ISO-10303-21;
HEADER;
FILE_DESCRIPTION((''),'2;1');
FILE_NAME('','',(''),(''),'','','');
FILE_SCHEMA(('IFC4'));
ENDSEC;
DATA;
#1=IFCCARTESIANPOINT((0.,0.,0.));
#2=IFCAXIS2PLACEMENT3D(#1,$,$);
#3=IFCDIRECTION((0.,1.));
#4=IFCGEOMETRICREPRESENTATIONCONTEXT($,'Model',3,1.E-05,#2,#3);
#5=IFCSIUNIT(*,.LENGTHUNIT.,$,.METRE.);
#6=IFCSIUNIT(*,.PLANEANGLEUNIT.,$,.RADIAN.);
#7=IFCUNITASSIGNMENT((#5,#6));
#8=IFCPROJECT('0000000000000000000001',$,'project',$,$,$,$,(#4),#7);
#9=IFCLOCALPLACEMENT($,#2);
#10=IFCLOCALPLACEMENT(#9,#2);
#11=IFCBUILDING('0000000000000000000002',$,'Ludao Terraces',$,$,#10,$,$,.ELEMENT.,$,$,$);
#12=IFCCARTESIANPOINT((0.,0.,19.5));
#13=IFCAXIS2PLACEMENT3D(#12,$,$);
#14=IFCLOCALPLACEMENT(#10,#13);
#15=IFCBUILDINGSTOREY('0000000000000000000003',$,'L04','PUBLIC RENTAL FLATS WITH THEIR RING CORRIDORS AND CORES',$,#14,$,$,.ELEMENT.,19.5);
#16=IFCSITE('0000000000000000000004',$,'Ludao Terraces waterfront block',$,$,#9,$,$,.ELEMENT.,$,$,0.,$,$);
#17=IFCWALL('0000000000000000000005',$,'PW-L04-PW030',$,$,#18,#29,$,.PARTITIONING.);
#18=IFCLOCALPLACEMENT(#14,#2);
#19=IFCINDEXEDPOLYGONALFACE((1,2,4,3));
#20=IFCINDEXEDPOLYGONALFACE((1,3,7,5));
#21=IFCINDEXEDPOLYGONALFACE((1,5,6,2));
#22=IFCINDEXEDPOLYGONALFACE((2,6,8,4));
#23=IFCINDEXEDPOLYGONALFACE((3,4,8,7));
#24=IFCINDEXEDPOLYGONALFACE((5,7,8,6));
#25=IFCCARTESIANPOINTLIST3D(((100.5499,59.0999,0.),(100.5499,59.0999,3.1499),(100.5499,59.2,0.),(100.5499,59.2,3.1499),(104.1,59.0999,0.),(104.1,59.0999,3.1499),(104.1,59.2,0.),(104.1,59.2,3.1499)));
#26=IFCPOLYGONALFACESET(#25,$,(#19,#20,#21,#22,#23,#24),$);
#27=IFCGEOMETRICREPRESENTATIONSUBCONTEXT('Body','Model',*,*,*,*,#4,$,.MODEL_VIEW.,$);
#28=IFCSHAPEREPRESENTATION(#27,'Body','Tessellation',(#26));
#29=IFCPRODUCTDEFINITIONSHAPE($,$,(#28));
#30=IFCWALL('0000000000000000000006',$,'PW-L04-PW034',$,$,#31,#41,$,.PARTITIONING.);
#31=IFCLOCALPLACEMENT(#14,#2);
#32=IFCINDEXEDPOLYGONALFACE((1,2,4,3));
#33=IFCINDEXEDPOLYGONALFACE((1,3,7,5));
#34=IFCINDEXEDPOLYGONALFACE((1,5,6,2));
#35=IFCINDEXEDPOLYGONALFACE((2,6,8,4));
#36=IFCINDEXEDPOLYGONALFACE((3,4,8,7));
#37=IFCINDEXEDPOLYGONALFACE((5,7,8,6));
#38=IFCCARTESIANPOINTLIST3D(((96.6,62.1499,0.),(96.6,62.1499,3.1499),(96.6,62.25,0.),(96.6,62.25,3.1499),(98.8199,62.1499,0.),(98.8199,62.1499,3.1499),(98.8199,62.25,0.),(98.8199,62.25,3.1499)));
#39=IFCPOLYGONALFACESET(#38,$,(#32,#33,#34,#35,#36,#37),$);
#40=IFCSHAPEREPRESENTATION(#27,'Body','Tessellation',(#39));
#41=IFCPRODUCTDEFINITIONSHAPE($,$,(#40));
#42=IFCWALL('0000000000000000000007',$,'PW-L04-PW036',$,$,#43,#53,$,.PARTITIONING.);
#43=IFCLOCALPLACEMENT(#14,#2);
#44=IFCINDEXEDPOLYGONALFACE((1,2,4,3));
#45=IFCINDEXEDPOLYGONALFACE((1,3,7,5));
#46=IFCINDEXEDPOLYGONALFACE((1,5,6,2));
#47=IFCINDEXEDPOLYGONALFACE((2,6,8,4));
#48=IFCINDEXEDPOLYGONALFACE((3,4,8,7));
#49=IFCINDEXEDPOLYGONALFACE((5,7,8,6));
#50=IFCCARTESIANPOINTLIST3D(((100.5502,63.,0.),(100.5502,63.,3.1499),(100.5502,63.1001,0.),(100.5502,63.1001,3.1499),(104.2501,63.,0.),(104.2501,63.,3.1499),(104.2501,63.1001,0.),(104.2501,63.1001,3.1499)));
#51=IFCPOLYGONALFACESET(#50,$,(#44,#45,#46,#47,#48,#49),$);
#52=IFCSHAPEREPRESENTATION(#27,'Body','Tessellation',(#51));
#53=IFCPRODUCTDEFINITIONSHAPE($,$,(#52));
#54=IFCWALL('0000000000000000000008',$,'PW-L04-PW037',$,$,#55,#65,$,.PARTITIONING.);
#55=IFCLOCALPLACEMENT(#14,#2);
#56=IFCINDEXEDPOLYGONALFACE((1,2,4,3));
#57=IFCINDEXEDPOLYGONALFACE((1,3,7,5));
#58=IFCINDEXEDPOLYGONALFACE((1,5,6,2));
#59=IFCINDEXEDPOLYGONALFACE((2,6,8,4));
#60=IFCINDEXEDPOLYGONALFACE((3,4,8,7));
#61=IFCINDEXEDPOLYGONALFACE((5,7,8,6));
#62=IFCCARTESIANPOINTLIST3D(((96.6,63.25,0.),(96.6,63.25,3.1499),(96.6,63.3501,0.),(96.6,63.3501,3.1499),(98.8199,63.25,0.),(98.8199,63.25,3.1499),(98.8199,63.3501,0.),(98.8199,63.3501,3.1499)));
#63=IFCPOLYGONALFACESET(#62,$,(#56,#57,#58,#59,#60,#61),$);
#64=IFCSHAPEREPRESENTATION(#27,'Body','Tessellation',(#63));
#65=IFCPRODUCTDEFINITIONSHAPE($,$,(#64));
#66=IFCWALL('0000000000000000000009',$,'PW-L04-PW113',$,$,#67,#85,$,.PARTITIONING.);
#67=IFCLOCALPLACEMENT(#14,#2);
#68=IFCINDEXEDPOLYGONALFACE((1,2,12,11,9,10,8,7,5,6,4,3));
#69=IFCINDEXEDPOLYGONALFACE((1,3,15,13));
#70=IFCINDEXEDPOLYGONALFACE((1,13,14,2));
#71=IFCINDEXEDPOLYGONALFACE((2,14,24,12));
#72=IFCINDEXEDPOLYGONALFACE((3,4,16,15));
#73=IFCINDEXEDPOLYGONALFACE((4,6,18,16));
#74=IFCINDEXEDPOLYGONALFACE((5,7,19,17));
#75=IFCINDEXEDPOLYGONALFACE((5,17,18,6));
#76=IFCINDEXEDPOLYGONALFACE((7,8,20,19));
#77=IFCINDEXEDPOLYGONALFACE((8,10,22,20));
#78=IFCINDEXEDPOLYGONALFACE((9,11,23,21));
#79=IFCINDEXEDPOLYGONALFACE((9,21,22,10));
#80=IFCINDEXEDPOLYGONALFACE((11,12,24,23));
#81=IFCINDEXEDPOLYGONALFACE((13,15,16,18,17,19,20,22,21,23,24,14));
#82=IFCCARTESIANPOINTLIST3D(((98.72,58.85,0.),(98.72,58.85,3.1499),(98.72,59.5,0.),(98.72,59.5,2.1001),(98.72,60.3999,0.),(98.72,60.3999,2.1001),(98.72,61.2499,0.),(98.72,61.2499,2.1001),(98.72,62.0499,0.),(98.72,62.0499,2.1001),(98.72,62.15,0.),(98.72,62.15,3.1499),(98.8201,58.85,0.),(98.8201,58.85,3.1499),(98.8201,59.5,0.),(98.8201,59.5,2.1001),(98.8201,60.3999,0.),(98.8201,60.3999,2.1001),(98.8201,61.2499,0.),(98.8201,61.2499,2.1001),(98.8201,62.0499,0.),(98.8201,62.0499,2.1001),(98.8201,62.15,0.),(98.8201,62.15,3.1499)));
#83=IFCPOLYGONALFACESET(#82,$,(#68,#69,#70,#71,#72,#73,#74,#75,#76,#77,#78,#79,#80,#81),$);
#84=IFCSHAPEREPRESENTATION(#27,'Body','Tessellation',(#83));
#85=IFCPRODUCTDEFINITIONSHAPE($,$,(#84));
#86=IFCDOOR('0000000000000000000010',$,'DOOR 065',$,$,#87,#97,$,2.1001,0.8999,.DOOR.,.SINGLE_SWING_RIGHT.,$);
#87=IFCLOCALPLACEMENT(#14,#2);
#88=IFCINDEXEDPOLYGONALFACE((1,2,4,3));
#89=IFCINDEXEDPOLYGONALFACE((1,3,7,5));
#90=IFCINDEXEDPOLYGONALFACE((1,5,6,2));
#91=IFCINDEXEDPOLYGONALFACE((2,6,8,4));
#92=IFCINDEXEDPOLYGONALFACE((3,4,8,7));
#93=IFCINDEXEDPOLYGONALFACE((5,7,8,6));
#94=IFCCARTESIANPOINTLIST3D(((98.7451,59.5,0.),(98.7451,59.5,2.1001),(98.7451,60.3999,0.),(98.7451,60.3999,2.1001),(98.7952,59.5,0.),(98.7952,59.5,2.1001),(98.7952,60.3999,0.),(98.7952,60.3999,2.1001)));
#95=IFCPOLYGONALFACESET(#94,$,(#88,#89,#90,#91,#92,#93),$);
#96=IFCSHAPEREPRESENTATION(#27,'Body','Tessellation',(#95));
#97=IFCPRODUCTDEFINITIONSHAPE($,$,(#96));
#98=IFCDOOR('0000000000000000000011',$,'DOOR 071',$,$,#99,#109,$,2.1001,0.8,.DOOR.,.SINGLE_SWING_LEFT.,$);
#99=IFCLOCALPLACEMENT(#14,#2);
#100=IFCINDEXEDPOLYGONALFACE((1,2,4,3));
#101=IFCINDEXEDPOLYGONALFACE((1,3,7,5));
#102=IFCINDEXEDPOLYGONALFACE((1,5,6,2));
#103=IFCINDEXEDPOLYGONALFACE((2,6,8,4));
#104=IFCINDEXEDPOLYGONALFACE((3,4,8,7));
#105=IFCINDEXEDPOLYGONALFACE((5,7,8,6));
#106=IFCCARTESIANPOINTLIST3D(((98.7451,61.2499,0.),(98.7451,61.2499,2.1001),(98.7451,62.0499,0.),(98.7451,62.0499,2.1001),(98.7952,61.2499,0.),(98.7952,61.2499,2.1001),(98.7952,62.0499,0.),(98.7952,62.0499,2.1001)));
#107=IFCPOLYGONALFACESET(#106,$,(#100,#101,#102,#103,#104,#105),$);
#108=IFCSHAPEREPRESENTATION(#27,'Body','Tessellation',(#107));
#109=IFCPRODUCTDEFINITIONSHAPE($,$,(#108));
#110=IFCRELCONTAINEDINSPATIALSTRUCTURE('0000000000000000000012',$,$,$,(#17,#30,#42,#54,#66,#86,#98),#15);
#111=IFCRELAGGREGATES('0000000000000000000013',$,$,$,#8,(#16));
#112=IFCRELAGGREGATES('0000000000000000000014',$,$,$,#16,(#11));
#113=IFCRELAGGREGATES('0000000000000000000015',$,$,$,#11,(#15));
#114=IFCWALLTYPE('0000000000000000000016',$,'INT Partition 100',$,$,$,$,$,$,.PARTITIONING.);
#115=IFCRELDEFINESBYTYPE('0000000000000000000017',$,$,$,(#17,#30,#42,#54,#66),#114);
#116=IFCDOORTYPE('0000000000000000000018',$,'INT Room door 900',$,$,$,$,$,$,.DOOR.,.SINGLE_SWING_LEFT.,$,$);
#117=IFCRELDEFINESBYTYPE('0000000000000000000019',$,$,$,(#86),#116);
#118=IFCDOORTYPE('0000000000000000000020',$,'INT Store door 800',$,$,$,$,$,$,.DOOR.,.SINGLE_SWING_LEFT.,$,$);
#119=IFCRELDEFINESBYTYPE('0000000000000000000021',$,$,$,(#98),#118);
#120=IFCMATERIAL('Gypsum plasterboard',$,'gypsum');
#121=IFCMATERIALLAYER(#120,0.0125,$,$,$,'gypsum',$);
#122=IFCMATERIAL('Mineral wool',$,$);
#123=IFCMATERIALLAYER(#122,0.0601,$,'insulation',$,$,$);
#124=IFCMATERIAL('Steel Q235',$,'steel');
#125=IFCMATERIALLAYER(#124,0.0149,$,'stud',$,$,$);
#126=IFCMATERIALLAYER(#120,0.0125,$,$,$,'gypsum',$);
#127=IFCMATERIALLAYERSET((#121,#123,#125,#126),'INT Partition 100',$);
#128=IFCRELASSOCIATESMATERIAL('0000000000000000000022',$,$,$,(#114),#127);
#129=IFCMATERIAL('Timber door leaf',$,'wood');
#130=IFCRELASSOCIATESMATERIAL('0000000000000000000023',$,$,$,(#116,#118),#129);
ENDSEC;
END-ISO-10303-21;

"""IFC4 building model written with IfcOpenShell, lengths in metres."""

from ifc_helpers import new_model, si_unit, direction, frame, frame_2d, origin, place, context, subcontext, project, spatial, rectangle, extrude, material, layer, layer_set, type_object, element, fill, save


model = new_model("IFC4")

# Units and contexts
model_context = context("Model", 3, precision=1e-05, world=origin(), true_north=direction((0.0, 1.0)))
body_context = subcontext(model_context, "Body", "Model", "MODEL_VIEW")
ifc_project = project(units=[si_unit("LENGTHUNIT", "METRE"), si_unit("PLANEANGLEUNIT", "RADIAN")], contexts=[model_context])

# Site, building, storey
site_placement = place(None, origin())
site = spatial("IfcSite", under=ifc_project, at=site_placement, Name="Ludao Terraces waterfront block", CompositionType="ELEMENT", RefElevation=0.0)
building_placement = place(site_placement, origin())
building = spatial("IfcBuilding", under=site, at=building_placement, Name="Ludao Terraces", CompositionType="ELEMENT")
storey_placement = place(building_placement, frame((0.0, 0.0, 19.5)))
storey = spatial("IfcBuildingStorey", under=building, at=storey_placement, Name="L04", Description="PUBLIC RENTAL FLATS WITH THEIR RING CORRIDORS AND CORES", CompositionType="ELEMENT", Elevation=19.5)

# Walls
ifc_material_1 = material(Name="Gypsum plasterboard", Category="gypsum")
ifc_layer_1 = layer(ifc_material_1, 0.0125, Category="gypsum")
ifc_material_2 = material(Name="Mineral wool")
ifc_layer_2 = layer(ifc_material_2, 0.0601, Name="insulation")
ifc_material_3 = material(Name="Steel Q235", Category="steel")
ifc_layer_3 = layer(ifc_material_3, 0.0149, Name="stud")
ifc_layer_4 = layer(ifc_material_1, 0.0125, Category="gypsum")
ifc_layer_set = layer_set([ifc_layer_1, ifc_layer_2, ifc_layer_3, ifc_layer_4], Name="INT Partition 100")
wall_type = type_object("IfcWallType", Name="INT Partition 100", PredefinedType="PARTITIONING", material=ifc_layer_set)
wall_1_placement = place(storey_placement, frame((100.55, 59.1499, 0.0), z_axis=(0.0, 0.0, 1.0), x_axis=(1.0, 0.0, 0.0)))
element("IfcWall", 1, at=wall_1_placement, inside=storey, type_object=wall_type, Name="PW-L04-PW030", PredefinedType="PARTITIONING", context=body_context, shape_type="SweptSolid", body=[
    extrude(rectangle(XDim=3.55, YDim=0.1001, at=frame_2d((1.7749, 0.0))), origin(), (0.0, 0.0, 1.0), 3.1499),
])
wall_2_placement = place(storey_placement, frame((96.6001, 62.2, 0.0), z_axis=(0.0, 0.0, 1.0), x_axis=(1.0, 0.0, 0.0)))
element("IfcWall", 2, at=wall_2_placement, inside=storey, type_object=wall_type, Name="PW-L04-PW034", PredefinedType="PARTITIONING", context=body_context, shape_type="SweptSolid", body=[
    extrude(rectangle(XDim=2.22, YDim=0.1001, at=frame_2d((1.1099, 0.0))), origin(), (0.0, 0.0, 1.0), 3.1499),
])
wall_3_placement = place(storey_placement, frame((100.55, 63.05, 0.0), z_axis=(0.0, 0.0, 1.0), x_axis=(1.0, 0.0, 0.0)))
element("IfcWall", 3, at=wall_3_placement, inside=storey, type_object=wall_type, Name="PW-L04-PW036", PredefinedType="PARTITIONING", context=body_context, shape_type="SweptSolid", body=[
    extrude(rectangle(XDim=3.7, YDim=0.1001, at=frame_2d((1.8501, 0.0))), origin(), (0.0, 0.0, 1.0), 3.1499),
])
wall_4_placement = place(storey_placement, frame((96.6001, 63.3, 0.0), z_axis=(0.0, 0.0, 1.0), x_axis=(1.0, 0.0, 0.0)))
element("IfcWall", 4, at=wall_4_placement, inside=storey, type_object=wall_type, Name="PW-L04-PW037", PredefinedType="PARTITIONING", context=body_context, shape_type="SweptSolid", body=[
    extrude(rectangle(XDim=2.22, YDim=0.1001, at=frame_2d((1.1099, 0.0))), origin(), (0.0, 0.0, 1.0), 3.1499),
])

# Wall, openings, doors
wall_5_placement = place(storey_placement, frame((98.77, 58.8501, 0.0), z_axis=(0.0, 0.0, 1.0), x_axis=(0.0, 1.0, 0.0)))
wall_5 = element("IfcWall", 5, at=wall_5_placement, inside=storey, type_object=wall_type, Name="PW-L04-PW113", PredefinedType="PARTITIONING", context=body_context, shape_type="SweptSolid", body=[
    extrude(rectangle(XDim=3.3, YDim=0.1001, at=frame_2d((1.6499, 0.0))), origin(), (0.0, 0.0, 1.0), 3.1499),
])
opening_1_placement = place(wall_5_placement, frame((0.6499, 0.0, 0.0)))
opening_1 = element("IfcOpeningElement", 6, at=opening_1_placement, cuts=wall_5, PredefinedType="OPENING", context=body_context, shape_type="SweptSolid", body=[
    extrude(rectangle(XDim=0.8999, YDim=2.1001, at=frame_2d((0.45, 1.05))), frame((0.0, 0.0601, 0.0), z_axis=(0.0, -1.0, 0.0), x_axis=(1.0, 0.0, 0.0)), (0.0, 0.0, 1.0), 0.1201),
])
opening_2_placement = place(wall_5_placement, frame((2.3999, 0.0, 0.0)))
opening_2 = element("IfcOpeningElement", 7, at=opening_2_placement, cuts=wall_5, PredefinedType="OPENING", context=body_context, shape_type="SweptSolid", body=[
    extrude(rectangle(XDim=0.8, YDim=2.1001, at=frame_2d((0.3999, 1.05))), frame((0.0, 0.0601, 0.0), z_axis=(0.0, -1.0, 0.0), x_axis=(1.0, 0.0, 0.0)), (0.0, 0.0, 1.0), 0.1201),
])
ifc_material_4 = material(Name="Timber door leaf", Category="wood")
door_type_1 = type_object("IfcDoorType", Name="INT Room door 900", OperationType="SINGLE_SWING_LEFT", PredefinedType="DOOR", material=ifc_material_4)
door_1_placement = place(opening_1_placement, origin())
door_1 = element("IfcDoor", 8, at=door_1_placement, inside=storey, type_object=door_type_1, Name="DOOR 065", OperationType="SINGLE_SWING_RIGHT", OverallHeight=2.1001, OverallWidth=0.8999, PredefinedType="DOOR", context=body_context, shape_type="SweptSolid", body=[
    extrude(rectangle(XDim=0.8999, YDim=2.1001, at=frame_2d((0.45, 1.05))), frame((0.0, 0.0249, 0.0), z_axis=(0.0, -1.0, 0.0), x_axis=(1.0, 0.0, 0.0)), (0.0, 0.0, 1.0), 0.05),
])
fill(opening_1, door_1)
door_type_2 = type_object("IfcDoorType", Name="INT Store door 800", OperationType="SINGLE_SWING_LEFT", PredefinedType="DOOR", material=ifc_material_4)
door_2_placement = place(opening_2_placement, origin())
door_2 = element("IfcDoor", 9, at=door_2_placement, inside=storey, type_object=door_type_2, Name="DOOR 071", OperationType="SINGLE_SWING_LEFT", OverallHeight=2.1001, OverallWidth=0.8, PredefinedType="DOOR", context=body_context, shape_type="SweptSolid", body=[
    extrude(rectangle(XDim=0.8, YDim=2.1001, at=frame_2d((0.3999, 1.05))), frame((0.0, 0.0249, 0.0), z_axis=(0.0, -1.0, 0.0), x_axis=(1.0, 0.0, 0.0)), (0.0, 0.0, 1.0), 0.05),
])
fill(opening_2, door_2)

save(model, "model.ifc")
